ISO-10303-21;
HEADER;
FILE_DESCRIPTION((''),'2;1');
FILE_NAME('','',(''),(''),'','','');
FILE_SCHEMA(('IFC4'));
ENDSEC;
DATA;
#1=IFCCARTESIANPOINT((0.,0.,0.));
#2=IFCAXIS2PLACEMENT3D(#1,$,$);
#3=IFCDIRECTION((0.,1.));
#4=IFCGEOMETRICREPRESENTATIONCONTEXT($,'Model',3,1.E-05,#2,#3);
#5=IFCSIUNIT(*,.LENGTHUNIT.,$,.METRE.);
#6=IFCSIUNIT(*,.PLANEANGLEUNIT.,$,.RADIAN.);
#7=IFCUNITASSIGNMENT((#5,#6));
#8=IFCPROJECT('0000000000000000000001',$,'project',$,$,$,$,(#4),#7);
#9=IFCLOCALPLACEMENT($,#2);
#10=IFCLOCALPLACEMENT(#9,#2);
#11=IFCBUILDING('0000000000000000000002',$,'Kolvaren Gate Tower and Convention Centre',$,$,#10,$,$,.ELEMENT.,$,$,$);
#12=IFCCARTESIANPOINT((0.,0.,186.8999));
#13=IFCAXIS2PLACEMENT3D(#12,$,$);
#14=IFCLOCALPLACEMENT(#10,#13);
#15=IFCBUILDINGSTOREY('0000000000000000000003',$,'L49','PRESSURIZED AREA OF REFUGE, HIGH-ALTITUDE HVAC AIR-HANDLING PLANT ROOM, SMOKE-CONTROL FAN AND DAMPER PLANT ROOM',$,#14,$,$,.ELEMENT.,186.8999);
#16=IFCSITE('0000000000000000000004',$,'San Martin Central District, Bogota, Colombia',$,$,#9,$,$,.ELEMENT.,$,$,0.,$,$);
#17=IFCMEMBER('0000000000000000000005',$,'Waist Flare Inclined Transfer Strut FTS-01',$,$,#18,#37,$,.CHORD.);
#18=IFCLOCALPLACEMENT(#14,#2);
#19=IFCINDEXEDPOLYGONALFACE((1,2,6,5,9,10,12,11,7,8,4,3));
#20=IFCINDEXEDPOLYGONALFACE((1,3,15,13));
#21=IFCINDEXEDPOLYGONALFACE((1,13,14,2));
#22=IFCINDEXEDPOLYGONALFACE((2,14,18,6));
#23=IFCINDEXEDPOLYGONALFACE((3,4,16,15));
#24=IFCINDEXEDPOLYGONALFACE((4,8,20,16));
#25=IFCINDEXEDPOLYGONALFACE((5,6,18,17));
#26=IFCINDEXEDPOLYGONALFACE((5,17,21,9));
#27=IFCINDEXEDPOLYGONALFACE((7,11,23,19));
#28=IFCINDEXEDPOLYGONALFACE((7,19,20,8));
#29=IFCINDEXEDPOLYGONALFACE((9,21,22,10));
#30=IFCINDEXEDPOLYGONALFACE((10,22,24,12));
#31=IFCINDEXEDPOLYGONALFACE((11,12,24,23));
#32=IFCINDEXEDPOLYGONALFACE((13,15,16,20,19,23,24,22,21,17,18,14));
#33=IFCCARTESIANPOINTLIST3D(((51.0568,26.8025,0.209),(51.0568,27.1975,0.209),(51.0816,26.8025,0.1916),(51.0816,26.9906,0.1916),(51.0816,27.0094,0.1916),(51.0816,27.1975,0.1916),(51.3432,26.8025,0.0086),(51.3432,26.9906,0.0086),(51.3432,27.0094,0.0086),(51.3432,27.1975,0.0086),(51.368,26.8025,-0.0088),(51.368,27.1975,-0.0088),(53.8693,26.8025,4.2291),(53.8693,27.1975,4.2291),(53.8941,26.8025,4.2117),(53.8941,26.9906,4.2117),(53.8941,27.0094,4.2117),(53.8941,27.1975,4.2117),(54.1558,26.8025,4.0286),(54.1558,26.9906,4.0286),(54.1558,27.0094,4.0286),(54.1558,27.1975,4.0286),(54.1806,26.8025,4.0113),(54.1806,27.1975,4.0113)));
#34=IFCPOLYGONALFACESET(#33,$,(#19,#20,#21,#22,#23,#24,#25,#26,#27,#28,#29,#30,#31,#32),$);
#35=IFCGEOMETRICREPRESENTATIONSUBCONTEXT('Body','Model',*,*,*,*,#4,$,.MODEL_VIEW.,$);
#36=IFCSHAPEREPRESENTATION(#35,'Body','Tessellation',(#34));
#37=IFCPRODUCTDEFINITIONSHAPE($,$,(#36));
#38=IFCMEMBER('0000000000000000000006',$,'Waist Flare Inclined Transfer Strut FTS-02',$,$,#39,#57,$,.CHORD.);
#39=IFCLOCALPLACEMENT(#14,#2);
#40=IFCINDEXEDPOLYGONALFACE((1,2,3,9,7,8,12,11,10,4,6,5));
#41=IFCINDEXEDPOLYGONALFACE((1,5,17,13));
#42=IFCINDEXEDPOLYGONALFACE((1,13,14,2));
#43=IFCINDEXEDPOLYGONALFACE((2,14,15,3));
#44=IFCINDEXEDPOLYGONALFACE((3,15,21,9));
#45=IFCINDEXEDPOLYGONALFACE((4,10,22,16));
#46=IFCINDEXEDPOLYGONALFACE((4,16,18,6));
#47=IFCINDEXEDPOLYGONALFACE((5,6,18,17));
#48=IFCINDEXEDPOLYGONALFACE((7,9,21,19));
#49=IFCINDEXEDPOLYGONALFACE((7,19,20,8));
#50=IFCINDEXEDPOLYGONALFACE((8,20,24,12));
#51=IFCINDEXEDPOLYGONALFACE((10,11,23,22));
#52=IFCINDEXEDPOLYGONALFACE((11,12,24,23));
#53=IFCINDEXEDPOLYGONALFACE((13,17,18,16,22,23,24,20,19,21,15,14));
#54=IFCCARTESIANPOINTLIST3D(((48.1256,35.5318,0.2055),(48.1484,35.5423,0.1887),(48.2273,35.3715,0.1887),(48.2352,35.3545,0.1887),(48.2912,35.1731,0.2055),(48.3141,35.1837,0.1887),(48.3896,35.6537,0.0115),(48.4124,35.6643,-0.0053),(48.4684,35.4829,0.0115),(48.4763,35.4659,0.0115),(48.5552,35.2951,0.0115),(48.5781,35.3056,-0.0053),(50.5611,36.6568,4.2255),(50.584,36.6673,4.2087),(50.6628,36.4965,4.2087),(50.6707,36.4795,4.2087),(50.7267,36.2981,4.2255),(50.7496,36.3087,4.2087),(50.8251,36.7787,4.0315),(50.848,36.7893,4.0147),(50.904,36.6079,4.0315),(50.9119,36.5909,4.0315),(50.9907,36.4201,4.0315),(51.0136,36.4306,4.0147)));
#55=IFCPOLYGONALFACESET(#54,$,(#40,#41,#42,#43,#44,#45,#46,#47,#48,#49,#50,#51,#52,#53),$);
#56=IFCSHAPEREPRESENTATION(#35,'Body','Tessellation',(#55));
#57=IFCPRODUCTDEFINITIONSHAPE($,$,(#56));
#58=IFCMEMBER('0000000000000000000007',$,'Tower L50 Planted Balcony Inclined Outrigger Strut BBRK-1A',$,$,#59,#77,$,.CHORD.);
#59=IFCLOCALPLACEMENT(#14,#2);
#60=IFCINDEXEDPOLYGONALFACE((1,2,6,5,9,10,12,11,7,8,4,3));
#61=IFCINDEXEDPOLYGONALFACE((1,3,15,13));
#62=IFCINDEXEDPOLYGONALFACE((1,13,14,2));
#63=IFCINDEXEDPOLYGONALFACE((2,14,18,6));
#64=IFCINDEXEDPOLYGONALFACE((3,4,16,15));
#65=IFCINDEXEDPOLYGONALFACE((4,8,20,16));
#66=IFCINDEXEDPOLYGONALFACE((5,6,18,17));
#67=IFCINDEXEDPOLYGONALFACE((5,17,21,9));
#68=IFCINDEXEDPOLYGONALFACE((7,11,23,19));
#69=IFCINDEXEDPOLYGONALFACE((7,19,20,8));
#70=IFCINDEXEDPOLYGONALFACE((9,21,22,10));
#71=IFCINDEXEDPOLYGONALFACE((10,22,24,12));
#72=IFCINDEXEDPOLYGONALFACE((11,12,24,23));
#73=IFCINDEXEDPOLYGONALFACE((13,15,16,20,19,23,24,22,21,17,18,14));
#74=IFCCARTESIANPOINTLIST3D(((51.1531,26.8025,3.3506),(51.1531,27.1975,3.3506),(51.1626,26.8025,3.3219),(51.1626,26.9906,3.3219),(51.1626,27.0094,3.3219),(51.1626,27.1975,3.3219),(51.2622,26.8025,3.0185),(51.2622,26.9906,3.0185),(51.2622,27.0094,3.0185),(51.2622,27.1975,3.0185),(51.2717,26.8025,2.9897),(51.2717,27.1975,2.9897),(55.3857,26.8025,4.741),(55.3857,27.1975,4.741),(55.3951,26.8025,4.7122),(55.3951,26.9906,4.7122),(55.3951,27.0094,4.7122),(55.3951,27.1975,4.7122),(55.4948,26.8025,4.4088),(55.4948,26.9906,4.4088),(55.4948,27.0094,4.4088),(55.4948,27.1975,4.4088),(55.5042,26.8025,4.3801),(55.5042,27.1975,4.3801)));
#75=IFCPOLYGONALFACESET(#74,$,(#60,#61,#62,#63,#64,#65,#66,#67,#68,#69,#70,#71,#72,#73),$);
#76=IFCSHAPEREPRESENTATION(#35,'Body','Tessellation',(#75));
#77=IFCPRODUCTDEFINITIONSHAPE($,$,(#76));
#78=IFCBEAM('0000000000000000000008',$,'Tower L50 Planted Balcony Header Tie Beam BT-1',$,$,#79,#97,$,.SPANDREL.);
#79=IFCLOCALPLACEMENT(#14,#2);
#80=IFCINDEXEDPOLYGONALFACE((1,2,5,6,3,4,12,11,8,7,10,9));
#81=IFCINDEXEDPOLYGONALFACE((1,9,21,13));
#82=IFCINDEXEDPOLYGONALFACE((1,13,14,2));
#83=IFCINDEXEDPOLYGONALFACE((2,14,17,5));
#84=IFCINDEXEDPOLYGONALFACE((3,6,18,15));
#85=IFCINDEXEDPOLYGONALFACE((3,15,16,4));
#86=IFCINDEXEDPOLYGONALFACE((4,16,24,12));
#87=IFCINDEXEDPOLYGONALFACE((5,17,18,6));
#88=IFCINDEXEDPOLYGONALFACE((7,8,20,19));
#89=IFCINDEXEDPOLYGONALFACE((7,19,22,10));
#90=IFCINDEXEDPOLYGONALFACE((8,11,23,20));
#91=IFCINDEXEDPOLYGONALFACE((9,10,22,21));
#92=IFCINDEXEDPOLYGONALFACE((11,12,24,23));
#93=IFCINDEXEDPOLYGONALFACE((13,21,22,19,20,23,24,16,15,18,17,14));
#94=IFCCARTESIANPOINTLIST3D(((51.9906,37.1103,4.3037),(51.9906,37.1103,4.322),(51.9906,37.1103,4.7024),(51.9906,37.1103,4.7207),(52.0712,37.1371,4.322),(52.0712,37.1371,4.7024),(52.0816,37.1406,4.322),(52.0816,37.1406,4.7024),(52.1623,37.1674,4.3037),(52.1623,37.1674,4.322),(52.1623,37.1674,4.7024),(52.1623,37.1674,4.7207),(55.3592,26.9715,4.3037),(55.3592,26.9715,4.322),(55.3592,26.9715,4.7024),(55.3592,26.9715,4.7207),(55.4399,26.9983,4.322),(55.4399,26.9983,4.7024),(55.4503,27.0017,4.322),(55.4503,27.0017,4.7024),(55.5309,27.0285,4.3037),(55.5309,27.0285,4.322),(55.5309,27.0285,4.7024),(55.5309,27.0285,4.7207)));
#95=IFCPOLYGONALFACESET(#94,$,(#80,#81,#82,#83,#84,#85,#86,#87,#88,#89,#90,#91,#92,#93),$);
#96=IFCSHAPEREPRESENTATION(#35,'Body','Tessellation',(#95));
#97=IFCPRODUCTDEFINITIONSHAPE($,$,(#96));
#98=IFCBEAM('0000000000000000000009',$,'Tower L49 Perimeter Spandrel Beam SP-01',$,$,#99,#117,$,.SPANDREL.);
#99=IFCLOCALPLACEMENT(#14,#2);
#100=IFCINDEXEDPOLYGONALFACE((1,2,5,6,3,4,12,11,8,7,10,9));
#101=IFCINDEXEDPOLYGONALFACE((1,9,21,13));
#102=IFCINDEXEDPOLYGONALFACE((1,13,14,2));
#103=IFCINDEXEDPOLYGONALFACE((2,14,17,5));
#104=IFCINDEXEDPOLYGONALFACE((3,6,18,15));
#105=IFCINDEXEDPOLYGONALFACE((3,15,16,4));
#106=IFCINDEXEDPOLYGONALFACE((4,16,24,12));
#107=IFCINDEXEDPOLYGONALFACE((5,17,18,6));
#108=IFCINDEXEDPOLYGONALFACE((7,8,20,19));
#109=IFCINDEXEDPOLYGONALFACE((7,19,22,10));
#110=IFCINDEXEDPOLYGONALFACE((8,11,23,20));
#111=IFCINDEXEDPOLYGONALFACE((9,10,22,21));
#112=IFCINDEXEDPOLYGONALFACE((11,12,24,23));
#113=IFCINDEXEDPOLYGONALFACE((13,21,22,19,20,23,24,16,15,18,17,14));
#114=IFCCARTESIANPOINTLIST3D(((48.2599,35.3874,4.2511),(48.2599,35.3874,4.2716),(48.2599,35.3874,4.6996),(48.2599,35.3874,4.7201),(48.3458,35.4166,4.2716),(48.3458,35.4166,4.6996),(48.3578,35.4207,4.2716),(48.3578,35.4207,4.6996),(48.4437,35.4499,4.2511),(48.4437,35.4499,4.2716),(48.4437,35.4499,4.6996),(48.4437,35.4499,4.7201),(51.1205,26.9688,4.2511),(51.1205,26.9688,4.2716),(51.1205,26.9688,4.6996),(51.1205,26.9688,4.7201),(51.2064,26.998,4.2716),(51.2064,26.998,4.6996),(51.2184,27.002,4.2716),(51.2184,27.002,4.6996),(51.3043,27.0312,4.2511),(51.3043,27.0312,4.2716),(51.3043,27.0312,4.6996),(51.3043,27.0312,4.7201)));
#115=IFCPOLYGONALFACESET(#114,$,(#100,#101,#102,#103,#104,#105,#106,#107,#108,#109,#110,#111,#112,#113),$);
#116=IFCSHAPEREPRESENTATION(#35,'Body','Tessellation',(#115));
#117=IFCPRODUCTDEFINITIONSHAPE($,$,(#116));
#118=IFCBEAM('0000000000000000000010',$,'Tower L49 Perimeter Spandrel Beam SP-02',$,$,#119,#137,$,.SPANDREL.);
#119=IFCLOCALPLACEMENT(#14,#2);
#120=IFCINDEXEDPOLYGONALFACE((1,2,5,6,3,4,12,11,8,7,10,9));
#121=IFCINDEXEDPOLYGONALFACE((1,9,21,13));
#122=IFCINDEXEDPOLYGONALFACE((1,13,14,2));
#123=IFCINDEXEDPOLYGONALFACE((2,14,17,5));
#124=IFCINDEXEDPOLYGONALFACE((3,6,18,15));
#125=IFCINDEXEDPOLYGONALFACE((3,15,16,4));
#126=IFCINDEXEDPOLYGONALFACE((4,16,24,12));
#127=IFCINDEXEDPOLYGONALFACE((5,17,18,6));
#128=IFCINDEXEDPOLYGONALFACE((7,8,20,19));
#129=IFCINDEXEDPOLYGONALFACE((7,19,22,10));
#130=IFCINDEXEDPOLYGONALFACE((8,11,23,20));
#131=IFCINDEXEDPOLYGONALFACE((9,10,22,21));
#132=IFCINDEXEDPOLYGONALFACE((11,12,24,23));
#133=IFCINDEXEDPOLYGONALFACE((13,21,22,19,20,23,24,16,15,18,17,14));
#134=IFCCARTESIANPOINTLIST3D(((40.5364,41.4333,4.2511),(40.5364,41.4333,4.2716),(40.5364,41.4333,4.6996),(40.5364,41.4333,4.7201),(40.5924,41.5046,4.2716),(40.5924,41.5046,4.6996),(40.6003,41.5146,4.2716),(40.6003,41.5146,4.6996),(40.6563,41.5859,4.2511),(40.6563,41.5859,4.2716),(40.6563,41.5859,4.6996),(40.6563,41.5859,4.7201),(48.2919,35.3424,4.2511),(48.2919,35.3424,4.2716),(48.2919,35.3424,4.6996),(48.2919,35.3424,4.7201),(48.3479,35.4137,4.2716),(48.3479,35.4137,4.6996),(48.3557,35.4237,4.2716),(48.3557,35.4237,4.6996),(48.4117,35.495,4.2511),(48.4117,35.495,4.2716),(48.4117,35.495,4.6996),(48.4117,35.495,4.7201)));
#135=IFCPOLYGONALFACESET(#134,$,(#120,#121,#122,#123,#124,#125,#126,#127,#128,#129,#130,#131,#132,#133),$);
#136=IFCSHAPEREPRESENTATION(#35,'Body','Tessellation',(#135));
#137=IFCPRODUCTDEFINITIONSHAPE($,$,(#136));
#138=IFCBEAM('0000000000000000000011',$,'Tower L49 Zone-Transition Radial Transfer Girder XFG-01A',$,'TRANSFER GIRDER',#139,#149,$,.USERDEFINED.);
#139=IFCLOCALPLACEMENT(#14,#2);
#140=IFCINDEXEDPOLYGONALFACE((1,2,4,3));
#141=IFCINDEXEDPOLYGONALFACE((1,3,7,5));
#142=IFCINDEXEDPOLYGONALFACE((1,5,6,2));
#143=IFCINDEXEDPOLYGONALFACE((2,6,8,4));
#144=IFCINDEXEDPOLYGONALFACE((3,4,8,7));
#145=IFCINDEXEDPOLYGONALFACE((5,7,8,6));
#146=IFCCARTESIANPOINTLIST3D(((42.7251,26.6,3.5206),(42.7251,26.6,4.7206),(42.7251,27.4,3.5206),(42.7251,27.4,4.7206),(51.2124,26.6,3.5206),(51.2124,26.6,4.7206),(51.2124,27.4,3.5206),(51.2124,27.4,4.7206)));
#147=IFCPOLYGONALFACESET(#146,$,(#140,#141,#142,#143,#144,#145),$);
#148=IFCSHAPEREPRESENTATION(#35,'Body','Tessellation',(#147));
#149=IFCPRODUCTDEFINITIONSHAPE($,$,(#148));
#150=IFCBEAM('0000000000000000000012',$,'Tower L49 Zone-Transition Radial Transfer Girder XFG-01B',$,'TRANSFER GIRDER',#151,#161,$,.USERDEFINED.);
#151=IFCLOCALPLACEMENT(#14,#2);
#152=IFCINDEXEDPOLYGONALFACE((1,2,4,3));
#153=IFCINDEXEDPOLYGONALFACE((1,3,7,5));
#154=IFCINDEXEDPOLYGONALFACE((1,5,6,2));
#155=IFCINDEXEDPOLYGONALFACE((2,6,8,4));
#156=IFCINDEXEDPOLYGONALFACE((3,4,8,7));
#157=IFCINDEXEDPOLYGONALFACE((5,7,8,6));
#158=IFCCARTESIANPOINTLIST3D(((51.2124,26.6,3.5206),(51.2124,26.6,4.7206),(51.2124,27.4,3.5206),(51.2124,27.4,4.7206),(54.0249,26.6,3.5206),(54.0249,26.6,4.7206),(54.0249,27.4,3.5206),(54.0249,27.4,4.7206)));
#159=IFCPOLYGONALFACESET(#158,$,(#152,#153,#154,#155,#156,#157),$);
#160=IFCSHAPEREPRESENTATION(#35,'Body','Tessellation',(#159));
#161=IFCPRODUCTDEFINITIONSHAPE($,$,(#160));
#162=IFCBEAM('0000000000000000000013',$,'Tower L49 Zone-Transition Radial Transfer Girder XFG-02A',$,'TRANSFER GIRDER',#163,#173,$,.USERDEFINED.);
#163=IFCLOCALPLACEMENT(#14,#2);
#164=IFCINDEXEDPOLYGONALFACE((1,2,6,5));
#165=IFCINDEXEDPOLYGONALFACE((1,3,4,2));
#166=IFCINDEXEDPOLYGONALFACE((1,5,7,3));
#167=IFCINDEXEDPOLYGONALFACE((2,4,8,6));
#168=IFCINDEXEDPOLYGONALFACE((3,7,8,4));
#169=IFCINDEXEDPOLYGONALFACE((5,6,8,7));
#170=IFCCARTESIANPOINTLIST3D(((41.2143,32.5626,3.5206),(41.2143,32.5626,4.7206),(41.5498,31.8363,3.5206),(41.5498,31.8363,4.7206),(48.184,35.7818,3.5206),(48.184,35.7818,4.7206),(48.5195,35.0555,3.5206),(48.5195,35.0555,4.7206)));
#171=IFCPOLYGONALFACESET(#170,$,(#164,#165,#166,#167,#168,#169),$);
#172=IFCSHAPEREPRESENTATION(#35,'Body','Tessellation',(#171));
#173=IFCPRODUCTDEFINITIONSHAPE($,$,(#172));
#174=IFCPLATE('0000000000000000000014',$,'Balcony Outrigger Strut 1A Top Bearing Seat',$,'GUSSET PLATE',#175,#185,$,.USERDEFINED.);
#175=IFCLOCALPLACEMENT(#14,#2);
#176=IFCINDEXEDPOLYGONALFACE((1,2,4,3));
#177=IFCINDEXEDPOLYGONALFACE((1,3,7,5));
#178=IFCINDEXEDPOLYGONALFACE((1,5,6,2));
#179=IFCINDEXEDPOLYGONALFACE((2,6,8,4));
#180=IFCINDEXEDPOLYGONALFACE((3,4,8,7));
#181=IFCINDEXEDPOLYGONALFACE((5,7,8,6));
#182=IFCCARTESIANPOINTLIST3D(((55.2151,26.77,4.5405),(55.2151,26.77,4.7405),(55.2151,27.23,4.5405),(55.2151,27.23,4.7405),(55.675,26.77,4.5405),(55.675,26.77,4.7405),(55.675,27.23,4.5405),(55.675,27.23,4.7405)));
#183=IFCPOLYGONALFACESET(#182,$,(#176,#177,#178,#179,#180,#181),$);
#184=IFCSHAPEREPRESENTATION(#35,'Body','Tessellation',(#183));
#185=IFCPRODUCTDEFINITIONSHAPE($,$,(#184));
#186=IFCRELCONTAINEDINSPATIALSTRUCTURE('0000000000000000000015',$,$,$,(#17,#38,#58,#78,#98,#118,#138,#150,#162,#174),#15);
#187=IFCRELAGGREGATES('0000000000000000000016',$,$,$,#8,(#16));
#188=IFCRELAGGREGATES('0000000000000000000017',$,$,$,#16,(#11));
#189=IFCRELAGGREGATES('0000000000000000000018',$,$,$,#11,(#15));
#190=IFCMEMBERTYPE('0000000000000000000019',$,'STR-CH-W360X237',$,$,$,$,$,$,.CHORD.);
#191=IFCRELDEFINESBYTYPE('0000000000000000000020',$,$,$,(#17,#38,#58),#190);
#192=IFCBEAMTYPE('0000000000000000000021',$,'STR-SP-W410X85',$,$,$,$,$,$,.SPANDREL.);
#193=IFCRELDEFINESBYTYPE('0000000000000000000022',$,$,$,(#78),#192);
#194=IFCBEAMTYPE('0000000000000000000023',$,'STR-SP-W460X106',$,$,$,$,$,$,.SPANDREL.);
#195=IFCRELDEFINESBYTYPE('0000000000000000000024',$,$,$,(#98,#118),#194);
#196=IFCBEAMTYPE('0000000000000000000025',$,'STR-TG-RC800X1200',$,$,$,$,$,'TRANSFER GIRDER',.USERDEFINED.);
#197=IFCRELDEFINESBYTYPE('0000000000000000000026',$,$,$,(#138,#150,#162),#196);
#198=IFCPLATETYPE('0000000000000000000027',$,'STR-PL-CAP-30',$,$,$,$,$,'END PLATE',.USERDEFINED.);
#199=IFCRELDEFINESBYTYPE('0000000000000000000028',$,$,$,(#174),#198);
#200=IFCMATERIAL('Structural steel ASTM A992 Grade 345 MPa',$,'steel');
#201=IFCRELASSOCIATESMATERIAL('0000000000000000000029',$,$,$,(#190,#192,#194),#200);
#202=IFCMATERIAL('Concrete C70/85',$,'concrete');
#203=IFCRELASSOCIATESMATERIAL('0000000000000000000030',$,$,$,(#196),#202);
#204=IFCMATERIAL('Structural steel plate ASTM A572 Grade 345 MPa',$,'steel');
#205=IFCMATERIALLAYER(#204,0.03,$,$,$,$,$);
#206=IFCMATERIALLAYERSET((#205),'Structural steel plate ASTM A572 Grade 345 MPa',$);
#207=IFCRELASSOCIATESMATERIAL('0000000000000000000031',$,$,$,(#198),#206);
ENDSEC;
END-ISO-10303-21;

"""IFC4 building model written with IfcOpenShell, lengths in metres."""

from ifc_helpers import new_model, si_unit, direction, frame, origin, origin_2d, place, context, subcontext, project, spatial, rectangle, i_section, extrude, material, layer, layer_set, material_profile, profile_set, type_object, element, save


model = new_model("IFC4")

# Units and contexts
model_context = context("Model", 3, precision=1e-05, world=origin(), true_north=direction((0.0, 1.0)))
body_context = subcontext(model_context, "Body", "Model", "MODEL_VIEW")
ifc_project = project(units=[si_unit("LENGTHUNIT", "METRE"), si_unit("PLANEANGLEUNIT", "RADIAN")], contexts=[model_context])

# Site, building, storey
site_placement = place(None, origin())
site = spatial("IfcSite", under=ifc_project, at=site_placement, Name="San Martin Central District, Bogota, Colombia", CompositionType="ELEMENT", RefElevation=0.0)
building_placement = place(site_placement, origin())
building = spatial("IfcBuilding", under=site, at=building_placement, Name="Kolvaren Gate Tower and Convention Centre", CompositionType="ELEMENT")
storey_placement = place(building_placement, frame((0.0, 0.0, 186.8999)))
storey = spatial("IfcBuildingStorey", under=building, at=storey_placement, Name="L49", Description="PRESSURIZED AREA OF REFUGE, HIGH-ALTITUDE HVAC AIR-HANDLING PLANT ROOM, SMOKE-CONTROL FAN AND DAMPER PLANT ROOM", CompositionType="ELEMENT", Elevation=186.8999)

# Shared definitions
ifc_material_1 = material(Name="Structural steel ASTM A992 Grade 345 MPa", Category="steel")

# Members
ifc_material_profile_1 = material_profile(ifc_material_1, i_section(OverallWidth=0.395, OverallDepth=0.3799, WebThickness=0.0188, FlangeThickness=0.0303, at=origin_2d()), Name="W360X237")
ifc_profile_set_1 = profile_set([ifc_material_profile_1], Name="Structural steel ASTM A992 Grade 345 MPa")
member_type_1 = type_object("IfcMemberType", Name="STR-CH-W360X237", PredefinedType="CHORD", material=ifc_profile_set_1)
member_1_placement = place(storey_placement, frame((51.2124, 27.0, 0.1001), z_axis=(0.573255, 0.0, 0.819377), x_axis=(0.0, 1.0, 0.0)))
element("IfcMember", 1, at=member_1_placement, inside=storey, type_object=member_type_1, Name="Waist Flare Inclined Transfer Strut FTS-01", PredefinedType="CHORD", context=body_context, shape_type="SweptSolid", body=[
    extrude(i_section(OverallWidth=0.395, OverallDepth=0.3799, WebThickness=0.0188, FlangeThickness=0.0303, at=origin_2d()), origin(), (0.0, 0.0, 1.0), 4.9062),
])
member_2_placement = place(storey_placement, frame((48.3518, 35.4187, 0.1001), z_axis=(0.503939, 0.232774, 0.831782), x_axis=(-0.419335, 0.907831, 0.0)))
element("IfcMember", 2, at=member_2_placement, inside=storey, type_object=member_type_1, Name="Waist Flare Inclined Transfer Strut FTS-02", PredefinedType="CHORD", context=body_context, shape_type="SweptSolid", body=[
    extrude(i_section(OverallWidth=0.395, OverallDepth=0.3799, WebThickness=0.0188, FlangeThickness=0.0303, at=origin_2d()), origin(), (0.0, 0.0, 1.0), 4.833),
])
member_3_placement = place(storey_placement, frame((51.2124, 27.0, 3.1702), z_axis=(0.950055, 0.0, 0.312082), x_axis=(0.0, 1.0, 0.0)))
element("IfcMember", 3, at=member_3_placement, inside=storey, type_object=member_type_1, Name="Tower L50 Planted Balcony Inclined Outrigger Strut BBRK-1A", PredefinedType="CHORD", context=body_context, shape_type="SweptSolid", body=[
    extrude(i_section(OverallWidth=0.395, OverallDepth=0.3799, WebThickness=0.0188, FlangeThickness=0.0303, at=origin_2d()), origin(), (0.0, 0.0, 1.0), 4.4551),
])

# Beams
ifc_material_profile_2 = material_profile(ifc_material_1, i_section(OverallWidth=0.1809, OverallDepth=0.417, WebThickness=0.011, FlangeThickness=0.0183, at=origin_2d()), Name="W410X85")
ifc_profile_set_2 = profile_set([ifc_material_profile_2], Name="Structural steel ASTM A992 Grade 345 MPa")
beam_type_1 = type_object("IfcBeamType", Name="STR-SP-W410X85", PredefinedType="SPANDREL", material=ifc_profile_set_2)
beam_1_placement = place(storey_placement, frame((55.4451, 27.0, 4.5122), z_axis=(-0.315302, 0.948991, 0.0), x_axis=(-0.948991, -0.315302, 0.0)))
element("IfcBeam", 4, at=beam_1_placement, inside=storey, type_object=beam_type_1, Name="Tower L50 Planted Balcony Header Tie Beam BT-1", PredefinedType="SPANDREL", context=body_context, shape_type="SweptSolid", body=[
    extrude(i_section(OverallWidth=0.1809, OverallDepth=0.417, WebThickness=0.011, FlangeThickness=0.0183, at=origin_2d()), origin(), (0.0, 0.0, 1.0), 10.6838),
])
ifc_material_profile_3 = material_profile(ifc_material_1, i_section(OverallWidth=0.1941, OverallDepth=0.469, WebThickness=0.0127, FlangeThickness=0.0205, at=origin_2d()), Name="W460X106")
ifc_profile_set_3 = profile_set([ifc_material_profile_3], Name="Structural steel ASTM A992 Grade 345 MPa")
beam_type_2 = type_object("IfcBeamType", Name="STR-SP-W460X106", PredefinedType="SPANDREL", material=ifc_profile_set_3)
beam_2_placement = place(storey_placement, frame((51.2124, 27.0, 4.4856), z_axis=(-0.321725, 0.946833, 0.0), x_axis=(-0.946833, -0.321725, 0.0)))
element("IfcBeam", 5, at=beam_2_placement, inside=storey, type_object=beam_type_2, Name="Tower L49 Perimeter Spandrel Beam SP-01", PredefinedType="SPANDREL", context=body_context, shape_type="SweptSolid", body=[
    extrude(i_section(OverallWidth=0.1941, OverallDepth=0.469, WebThickness=0.0127, FlangeThickness=0.0205, at=origin_2d()), origin(), (0.0, 0.0, 1.0), 8.8914),
])
beam_3_placement = place(storey_placement, frame((48.3518, 35.4187, 4.4856), z_axis=(-0.786451, 0.617653, 0.0), x_axis=(-0.617653, -0.786451, 0.0)))
element("IfcBeam", 6, at=beam_3_placement, inside=storey, type_object=beam_type_2, Name="Tower L49 Perimeter Spandrel Beam SP-02", PredefinedType="SPANDREL", context=body_context, shape_type="SweptSolid", body=[
    extrude(i_section(OverallWidth=0.1941, OverallDepth=0.469, WebThickness=0.0127, FlangeThickness=0.0205, at=origin_2d()), origin(), (0.0, 0.0, 1.0), 9.8613),
])
ifc_material_2 = material(Name="Concrete C70/85", Category="concrete")
ifc_material_profile_4 = material_profile(ifc_material_2, rectangle(XDim=0.8, YDim=1.2, at=origin_2d()), Name="RC-BM-800X1200")
ifc_profile_set_4 = profile_set([ifc_material_profile_4], Name="Concrete C70/85")
beam_type_3 = type_object("IfcBeamType", Name="STR-TG-RC800X1200", ElementType="TRANSFER GIRDER", PredefinedType="USERDEFINED", material=ifc_profile_set_4)
beam_4_placement = place(storey_placement, frame((42.7251, 27.0, 4.1206), z_axis=(1.0, 0.0, 0.0), x_axis=(0.0, 1.0, 0.0)))
element("IfcBeam", 7, at=beam_4_placement, inside=storey, type_object=beam_type_3, Name="Tower L49 Zone-Transition Radial Transfer Girder XFG-01A", ObjectType="TRANSFER GIRDER", PredefinedType="USERDEFINED", context=body_context, shape_type="SweptSolid", body=[
    extrude(rectangle(XDim=0.8, YDim=1.2, at=origin_2d()), origin(), (0.0, 0.0, 1.0), 8.4873),
])
beam_5_placement = place(storey_placement, frame((51.2124, 27.0, 4.1206), z_axis=(1.0, 0.0, 0.0), x_axis=(0.0, 1.0, 0.0)))
element("IfcBeam", 8, at=beam_5_placement, inside=storey, type_object=beam_type_3, Name="Tower L49 Zone-Transition Radial Transfer Girder XFG-01B", ObjectType="TRANSFER GIRDER", PredefinedType="USERDEFINED", context=body_context, shape_type="SweptSolid", body=[
    extrude(rectangle(XDim=0.8, YDim=1.2, at=origin_2d()), origin(), (0.0, 0.0, 1.0), 2.8125),
])
beam_6_placement = place(storey_placement, frame((41.3821, 32.1995, 4.1206), z_axis=(0.907838, 0.41932, 0.0), x_axis=(-0.41932, 0.907838, 0.0)))
element("IfcBeam", 9, at=beam_6_placement, inside=storey, type_object=beam_type_3, Name="Tower L49 Zone-Transition Radial Transfer Girder XFG-02A", ObjectType="TRANSFER GIRDER", PredefinedType="USERDEFINED", context=body_context, shape_type="SweptSolid", body=[
    extrude(rectangle(XDim=0.8, YDim=1.2, at=origin_2d()), origin(), (0.0, 0.0, 1.0), 7.6772),
])

# Plate
ifc_material_3 = material(Name="Structural steel plate ASTM A572 Grade 345 MPa", Category="steel")
ifc_layer_1 = layer(ifc_material_3, 0.03)
ifc_layer_set_1 = layer_set([ifc_layer_1], Name="Structural steel plate ASTM A572 Grade 345 MPa")
plate_type_1 = type_object("IfcPlateType", Name="STR-PL-CAP-30", ElementType="END PLATE", PredefinedType="USERDEFINED", material=ifc_layer_set_1)
plate_1_placement = place(storey_placement, frame((55.4451, 27.0, 4.5405), z_axis=(0.0, 0.0, 1.0), x_axis=(1.0, 0.0, 0.0)))
element("IfcPlate", 10, at=plate_1_placement, inside=storey, type_object=plate_type_1, Name="Balcony Outrigger Strut 1A Top Bearing Seat", ObjectType="GUSSET PLATE", PredefinedType="USERDEFINED", context=body_context, shape_type="SweptSolid", body=[
    extrude(rectangle(XDim=0.46, YDim=0.46, at=origin_2d()), origin(), (0.0, 0.0, 1.0), 0.2),
])

save(model, "model.ifc")
